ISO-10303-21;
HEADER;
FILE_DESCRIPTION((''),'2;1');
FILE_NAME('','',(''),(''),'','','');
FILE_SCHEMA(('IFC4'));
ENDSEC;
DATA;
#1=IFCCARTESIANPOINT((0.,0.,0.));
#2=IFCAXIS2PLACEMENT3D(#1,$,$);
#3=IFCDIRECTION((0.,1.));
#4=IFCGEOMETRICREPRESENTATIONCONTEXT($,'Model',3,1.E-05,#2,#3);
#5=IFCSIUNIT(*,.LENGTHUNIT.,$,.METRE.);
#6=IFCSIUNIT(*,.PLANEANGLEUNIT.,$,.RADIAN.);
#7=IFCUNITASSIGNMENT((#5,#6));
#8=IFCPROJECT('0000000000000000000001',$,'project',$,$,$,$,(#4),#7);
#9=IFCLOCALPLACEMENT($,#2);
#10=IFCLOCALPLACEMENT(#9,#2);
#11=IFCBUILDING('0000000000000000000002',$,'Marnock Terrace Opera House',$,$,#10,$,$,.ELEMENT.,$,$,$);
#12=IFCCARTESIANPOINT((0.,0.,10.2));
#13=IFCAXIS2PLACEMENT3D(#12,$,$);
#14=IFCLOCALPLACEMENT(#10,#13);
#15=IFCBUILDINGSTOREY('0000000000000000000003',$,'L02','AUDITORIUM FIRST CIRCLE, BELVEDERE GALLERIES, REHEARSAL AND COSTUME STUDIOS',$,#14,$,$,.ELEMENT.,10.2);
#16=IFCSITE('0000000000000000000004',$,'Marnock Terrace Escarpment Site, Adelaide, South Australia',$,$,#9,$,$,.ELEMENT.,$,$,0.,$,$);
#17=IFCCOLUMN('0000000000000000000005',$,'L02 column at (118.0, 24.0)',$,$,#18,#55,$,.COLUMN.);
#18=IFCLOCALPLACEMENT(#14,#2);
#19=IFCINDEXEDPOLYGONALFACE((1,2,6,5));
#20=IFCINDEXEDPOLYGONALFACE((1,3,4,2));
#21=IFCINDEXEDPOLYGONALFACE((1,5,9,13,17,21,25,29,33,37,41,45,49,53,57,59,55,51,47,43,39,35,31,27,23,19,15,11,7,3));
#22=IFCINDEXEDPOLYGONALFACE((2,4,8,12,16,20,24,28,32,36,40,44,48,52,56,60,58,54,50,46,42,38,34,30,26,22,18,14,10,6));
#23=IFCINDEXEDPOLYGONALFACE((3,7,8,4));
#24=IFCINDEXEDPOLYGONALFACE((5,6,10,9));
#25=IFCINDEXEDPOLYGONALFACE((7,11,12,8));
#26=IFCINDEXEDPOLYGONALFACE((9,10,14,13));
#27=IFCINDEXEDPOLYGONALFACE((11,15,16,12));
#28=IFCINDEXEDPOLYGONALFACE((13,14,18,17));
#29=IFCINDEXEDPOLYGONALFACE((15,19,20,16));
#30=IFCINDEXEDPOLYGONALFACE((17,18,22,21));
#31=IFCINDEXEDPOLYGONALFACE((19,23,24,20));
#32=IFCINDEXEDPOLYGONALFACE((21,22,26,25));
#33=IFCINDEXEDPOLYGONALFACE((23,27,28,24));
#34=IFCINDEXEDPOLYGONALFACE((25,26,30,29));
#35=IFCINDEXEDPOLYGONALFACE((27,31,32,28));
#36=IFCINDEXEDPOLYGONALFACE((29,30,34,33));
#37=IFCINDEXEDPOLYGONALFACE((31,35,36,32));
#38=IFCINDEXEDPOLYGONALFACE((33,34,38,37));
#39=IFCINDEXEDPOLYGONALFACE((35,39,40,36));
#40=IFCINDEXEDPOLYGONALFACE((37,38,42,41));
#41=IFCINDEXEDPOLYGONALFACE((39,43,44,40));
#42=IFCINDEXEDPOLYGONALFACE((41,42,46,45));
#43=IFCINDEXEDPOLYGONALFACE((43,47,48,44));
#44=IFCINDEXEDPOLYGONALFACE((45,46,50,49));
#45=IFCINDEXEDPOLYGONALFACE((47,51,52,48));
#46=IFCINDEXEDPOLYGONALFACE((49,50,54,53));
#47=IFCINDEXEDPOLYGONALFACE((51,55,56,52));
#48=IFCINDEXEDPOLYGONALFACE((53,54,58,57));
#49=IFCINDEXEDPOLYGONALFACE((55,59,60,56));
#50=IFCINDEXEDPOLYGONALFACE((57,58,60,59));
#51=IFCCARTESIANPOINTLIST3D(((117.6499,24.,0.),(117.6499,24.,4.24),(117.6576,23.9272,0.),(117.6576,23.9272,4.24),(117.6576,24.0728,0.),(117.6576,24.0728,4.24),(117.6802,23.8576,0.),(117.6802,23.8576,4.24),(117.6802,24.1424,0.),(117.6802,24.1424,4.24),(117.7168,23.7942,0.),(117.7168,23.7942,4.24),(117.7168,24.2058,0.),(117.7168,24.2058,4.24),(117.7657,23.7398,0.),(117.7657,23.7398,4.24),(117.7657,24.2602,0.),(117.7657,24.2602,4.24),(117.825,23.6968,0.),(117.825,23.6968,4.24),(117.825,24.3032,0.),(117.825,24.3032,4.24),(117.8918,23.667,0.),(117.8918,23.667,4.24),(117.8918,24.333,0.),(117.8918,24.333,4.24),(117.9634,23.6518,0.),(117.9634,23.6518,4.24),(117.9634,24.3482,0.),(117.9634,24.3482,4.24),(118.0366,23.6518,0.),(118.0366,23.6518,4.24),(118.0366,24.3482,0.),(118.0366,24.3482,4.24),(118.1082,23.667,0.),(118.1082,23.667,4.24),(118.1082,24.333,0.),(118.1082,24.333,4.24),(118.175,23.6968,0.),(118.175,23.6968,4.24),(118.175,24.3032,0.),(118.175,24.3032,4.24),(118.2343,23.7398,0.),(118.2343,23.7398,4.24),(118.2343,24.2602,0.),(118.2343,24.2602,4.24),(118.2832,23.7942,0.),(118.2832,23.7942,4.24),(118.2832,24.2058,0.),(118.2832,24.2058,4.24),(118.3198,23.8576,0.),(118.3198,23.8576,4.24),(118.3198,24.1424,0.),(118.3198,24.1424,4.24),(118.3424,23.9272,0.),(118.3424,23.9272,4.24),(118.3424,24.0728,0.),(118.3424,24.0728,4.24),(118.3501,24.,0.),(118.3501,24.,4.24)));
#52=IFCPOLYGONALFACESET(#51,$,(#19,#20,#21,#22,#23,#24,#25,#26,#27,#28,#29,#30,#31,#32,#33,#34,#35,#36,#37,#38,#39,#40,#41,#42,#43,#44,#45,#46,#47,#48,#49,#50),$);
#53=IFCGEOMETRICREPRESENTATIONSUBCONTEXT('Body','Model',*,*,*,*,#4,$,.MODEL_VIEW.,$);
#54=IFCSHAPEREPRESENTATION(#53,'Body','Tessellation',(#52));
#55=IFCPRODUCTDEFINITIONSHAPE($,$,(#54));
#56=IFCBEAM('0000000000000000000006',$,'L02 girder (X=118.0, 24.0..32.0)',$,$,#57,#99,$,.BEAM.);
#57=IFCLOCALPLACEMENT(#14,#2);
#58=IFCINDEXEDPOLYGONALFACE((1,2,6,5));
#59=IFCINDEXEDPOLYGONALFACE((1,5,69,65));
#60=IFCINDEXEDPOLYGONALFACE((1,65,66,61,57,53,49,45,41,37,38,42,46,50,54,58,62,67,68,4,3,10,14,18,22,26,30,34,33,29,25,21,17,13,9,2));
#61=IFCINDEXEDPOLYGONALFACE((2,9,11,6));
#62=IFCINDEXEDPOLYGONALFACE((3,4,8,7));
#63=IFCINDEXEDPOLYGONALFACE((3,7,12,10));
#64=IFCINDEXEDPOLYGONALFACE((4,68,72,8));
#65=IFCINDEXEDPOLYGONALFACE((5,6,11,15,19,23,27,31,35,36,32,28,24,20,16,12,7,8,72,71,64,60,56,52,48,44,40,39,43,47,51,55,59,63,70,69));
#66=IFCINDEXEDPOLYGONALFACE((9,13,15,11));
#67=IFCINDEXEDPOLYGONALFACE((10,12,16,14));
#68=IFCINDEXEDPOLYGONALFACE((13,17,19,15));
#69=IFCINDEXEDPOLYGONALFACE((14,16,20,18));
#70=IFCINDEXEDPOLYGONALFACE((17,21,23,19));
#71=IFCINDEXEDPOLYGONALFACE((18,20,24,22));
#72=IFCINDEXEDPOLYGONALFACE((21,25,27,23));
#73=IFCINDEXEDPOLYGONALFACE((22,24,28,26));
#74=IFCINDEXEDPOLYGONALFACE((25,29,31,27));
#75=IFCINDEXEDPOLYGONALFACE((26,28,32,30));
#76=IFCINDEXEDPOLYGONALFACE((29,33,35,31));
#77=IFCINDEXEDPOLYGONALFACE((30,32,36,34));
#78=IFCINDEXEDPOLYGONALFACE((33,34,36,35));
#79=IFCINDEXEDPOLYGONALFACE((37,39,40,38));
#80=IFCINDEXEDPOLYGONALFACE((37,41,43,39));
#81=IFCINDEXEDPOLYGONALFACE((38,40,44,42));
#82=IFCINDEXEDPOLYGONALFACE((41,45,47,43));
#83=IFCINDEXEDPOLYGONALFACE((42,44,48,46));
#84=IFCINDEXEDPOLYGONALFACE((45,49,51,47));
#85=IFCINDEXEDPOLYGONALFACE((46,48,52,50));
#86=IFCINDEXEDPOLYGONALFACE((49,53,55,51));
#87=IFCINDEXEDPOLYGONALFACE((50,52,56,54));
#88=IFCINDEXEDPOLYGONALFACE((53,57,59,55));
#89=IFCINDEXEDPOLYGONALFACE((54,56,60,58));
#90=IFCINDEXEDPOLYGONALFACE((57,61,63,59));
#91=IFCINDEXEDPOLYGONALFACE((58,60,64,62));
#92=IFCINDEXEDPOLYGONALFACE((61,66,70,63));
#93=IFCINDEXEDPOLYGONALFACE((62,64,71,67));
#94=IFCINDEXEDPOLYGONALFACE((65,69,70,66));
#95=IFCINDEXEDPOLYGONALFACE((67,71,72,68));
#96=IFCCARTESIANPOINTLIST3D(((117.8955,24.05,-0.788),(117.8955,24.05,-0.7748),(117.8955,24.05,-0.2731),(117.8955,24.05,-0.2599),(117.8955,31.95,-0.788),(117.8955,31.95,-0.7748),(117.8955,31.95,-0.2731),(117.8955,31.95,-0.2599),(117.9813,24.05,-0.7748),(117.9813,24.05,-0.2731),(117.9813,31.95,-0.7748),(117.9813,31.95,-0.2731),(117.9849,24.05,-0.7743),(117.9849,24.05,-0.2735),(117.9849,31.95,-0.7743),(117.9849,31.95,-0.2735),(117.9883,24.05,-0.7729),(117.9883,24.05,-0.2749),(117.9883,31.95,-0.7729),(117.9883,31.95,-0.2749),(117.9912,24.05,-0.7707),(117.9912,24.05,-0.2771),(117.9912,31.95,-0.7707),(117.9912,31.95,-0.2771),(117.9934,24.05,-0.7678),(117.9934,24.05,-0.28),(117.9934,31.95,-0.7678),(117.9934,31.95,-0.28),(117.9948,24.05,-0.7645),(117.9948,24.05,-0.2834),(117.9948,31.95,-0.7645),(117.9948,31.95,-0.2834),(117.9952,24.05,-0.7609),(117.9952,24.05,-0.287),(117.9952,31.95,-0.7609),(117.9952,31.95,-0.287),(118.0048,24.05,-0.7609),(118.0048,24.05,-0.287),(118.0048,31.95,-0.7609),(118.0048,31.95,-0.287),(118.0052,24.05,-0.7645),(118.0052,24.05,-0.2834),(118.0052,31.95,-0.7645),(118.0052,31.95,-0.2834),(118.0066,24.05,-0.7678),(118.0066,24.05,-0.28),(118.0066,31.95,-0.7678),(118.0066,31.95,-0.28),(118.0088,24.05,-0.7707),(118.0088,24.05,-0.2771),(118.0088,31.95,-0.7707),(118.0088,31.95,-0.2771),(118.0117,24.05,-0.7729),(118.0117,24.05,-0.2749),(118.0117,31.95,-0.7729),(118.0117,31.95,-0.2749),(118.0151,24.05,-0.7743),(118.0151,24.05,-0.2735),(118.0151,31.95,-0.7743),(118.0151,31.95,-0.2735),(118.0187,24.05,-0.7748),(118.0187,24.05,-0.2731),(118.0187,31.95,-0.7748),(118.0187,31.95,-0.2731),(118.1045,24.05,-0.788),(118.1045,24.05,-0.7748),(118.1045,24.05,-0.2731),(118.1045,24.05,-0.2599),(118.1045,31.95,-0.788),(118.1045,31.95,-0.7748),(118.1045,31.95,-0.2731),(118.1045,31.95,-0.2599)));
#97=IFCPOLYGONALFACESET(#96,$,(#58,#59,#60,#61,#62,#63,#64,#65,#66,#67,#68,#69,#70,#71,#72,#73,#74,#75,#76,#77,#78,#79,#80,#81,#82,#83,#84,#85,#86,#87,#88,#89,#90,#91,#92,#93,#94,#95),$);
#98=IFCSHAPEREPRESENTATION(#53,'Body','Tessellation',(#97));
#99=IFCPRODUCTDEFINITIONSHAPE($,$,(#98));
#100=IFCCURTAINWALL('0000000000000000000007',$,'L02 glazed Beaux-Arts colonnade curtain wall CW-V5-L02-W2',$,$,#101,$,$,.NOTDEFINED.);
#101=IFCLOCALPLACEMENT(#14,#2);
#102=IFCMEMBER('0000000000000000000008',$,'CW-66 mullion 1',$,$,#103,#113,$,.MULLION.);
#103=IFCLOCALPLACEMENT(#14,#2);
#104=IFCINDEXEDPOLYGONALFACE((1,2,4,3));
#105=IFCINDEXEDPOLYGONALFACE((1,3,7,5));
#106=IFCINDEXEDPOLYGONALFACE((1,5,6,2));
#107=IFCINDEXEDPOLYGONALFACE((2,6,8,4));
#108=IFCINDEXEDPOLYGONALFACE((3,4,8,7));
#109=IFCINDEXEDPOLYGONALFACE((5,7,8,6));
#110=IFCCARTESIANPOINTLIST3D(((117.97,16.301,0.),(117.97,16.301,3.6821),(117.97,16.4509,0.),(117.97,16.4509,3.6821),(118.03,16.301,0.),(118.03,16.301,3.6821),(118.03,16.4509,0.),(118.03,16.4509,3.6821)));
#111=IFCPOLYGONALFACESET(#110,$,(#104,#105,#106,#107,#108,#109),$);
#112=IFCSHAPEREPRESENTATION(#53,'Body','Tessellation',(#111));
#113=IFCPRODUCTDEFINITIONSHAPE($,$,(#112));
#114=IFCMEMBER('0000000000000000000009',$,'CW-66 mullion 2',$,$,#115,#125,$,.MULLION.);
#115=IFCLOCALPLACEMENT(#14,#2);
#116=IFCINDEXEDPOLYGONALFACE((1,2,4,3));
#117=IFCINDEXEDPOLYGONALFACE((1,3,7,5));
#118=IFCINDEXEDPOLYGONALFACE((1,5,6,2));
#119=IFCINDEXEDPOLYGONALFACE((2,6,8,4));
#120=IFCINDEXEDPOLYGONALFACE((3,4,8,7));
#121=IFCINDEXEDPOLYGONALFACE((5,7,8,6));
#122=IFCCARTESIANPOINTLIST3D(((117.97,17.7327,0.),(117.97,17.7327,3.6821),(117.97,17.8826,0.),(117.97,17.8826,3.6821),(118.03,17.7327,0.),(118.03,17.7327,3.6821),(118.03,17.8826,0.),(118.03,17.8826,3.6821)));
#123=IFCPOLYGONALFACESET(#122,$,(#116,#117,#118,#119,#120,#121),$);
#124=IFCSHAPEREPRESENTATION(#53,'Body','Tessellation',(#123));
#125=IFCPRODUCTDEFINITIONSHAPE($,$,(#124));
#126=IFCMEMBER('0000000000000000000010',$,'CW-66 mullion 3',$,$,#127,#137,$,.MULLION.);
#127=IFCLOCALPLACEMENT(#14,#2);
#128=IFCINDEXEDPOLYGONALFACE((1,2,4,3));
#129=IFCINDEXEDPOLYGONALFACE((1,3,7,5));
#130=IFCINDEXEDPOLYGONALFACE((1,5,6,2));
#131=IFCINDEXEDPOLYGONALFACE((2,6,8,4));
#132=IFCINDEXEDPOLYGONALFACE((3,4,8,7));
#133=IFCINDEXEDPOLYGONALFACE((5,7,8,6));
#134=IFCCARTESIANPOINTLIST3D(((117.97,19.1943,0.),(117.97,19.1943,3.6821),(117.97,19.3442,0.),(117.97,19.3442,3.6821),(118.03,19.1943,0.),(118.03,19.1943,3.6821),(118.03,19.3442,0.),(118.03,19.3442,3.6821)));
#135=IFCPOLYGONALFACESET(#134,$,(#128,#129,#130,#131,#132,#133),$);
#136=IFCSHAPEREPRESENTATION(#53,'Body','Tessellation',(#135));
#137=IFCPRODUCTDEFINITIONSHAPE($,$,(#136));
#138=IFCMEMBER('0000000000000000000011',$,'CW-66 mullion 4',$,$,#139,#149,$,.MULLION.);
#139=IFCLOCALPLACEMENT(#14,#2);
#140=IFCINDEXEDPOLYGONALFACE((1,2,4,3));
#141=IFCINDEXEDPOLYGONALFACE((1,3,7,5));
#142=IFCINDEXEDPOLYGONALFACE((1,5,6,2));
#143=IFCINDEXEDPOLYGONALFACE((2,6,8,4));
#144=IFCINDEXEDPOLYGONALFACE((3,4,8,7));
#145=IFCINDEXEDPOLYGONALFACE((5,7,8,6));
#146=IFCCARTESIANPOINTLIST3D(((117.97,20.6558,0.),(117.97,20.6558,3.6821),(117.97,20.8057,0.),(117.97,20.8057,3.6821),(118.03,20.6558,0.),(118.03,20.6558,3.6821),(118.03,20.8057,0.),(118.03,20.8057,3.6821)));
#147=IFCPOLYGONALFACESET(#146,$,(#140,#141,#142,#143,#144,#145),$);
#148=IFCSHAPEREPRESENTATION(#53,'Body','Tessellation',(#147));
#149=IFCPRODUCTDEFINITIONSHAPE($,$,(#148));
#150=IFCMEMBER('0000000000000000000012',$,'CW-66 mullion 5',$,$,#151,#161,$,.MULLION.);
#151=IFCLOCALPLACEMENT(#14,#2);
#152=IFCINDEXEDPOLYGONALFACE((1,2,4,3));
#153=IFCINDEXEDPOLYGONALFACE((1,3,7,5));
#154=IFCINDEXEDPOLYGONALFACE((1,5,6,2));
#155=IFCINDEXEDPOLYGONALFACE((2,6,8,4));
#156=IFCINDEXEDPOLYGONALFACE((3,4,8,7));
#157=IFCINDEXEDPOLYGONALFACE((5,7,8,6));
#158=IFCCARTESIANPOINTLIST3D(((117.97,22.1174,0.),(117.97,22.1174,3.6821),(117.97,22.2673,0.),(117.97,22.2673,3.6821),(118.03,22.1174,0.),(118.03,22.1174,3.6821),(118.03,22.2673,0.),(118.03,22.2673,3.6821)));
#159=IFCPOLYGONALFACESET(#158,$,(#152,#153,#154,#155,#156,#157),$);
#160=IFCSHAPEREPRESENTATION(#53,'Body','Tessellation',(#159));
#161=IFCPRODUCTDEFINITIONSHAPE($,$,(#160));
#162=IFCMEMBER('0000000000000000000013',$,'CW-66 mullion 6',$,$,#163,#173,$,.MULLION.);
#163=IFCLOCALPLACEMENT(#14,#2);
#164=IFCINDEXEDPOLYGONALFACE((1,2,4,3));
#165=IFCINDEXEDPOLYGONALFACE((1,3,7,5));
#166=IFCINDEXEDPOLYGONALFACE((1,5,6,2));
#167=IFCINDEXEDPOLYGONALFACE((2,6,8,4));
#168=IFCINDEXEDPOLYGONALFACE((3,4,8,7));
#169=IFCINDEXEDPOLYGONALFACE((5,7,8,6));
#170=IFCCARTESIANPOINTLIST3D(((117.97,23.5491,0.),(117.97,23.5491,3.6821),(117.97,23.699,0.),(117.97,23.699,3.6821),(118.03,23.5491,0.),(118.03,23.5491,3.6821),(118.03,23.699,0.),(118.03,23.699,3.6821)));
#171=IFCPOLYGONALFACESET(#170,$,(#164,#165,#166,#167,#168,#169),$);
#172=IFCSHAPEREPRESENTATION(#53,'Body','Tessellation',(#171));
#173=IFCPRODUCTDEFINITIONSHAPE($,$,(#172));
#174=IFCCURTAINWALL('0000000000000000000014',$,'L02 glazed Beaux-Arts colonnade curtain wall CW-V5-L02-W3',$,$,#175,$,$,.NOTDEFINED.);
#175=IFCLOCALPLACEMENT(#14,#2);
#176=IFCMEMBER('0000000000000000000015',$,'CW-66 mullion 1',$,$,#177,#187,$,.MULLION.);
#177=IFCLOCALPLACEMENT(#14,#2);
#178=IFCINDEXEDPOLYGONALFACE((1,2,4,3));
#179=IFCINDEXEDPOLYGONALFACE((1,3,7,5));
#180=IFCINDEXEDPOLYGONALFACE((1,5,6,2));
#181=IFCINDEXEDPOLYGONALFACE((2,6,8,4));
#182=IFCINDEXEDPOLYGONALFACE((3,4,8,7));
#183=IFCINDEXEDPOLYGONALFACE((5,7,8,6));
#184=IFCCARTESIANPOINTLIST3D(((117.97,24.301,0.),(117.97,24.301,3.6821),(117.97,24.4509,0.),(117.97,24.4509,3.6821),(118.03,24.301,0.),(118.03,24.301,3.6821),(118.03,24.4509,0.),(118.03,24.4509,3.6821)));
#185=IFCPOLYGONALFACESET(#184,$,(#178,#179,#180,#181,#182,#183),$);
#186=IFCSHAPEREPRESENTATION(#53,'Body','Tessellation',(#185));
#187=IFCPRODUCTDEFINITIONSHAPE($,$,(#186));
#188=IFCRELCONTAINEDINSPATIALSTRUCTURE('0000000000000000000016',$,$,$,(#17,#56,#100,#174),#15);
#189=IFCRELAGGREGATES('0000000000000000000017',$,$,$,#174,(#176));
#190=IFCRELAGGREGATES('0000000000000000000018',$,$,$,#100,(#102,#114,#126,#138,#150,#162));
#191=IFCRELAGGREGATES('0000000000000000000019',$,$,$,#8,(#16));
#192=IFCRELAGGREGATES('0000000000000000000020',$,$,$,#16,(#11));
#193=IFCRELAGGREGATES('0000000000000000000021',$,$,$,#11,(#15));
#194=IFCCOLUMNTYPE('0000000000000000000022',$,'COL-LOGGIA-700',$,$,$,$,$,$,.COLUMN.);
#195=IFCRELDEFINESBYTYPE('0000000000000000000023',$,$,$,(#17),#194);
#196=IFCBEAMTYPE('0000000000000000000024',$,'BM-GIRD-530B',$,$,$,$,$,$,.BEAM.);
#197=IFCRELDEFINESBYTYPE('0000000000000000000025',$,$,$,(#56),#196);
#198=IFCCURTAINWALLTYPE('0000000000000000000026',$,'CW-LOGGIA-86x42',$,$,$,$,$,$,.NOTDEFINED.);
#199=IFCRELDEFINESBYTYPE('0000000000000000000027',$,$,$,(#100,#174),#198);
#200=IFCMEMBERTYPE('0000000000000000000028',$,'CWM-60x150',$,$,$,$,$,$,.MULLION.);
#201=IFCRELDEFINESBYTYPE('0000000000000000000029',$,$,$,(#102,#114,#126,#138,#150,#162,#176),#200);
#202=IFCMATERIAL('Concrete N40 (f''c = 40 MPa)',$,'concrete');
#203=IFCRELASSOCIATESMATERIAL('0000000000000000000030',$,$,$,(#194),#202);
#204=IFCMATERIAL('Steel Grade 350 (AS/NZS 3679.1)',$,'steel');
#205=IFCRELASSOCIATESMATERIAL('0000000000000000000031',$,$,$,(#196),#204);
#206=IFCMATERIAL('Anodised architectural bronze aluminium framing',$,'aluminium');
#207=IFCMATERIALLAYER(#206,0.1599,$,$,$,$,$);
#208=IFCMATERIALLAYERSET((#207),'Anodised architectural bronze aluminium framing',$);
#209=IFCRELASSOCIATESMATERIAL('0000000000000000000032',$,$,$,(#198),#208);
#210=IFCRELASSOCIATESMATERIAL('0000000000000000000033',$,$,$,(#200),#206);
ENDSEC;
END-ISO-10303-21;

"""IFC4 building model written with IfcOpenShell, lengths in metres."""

from ifc_helpers import new_model, si_unit, direction, frame, origin, origin_2d, place, context, subcontext, project, spatial, rectangle, circle, i_section, extrude, material, layer, layer_set, material_profile, profile_set, type_object, element, aggregate, save


model = new_model("IFC4")

# Units and contexts
model_context = context("Model", 3, precision=1e-05, world=origin(), true_north=direction((0.0, 1.0)))
body_context = subcontext(model_context, "Body", "Model", "MODEL_VIEW")
ifc_project = project(units=[si_unit("LENGTHUNIT", "METRE"), si_unit("PLANEANGLEUNIT", "RADIAN")], contexts=[model_context])

# Site, building, storey
site_placement = place(None, origin())
site = spatial("IfcSite", under=ifc_project, at=site_placement, Name="Marnock Terrace Escarpment Site, Adelaide, South Australia", CompositionType="ELEMENT", RefElevation=0.0)
building_placement = place(site_placement, origin())
building = spatial("IfcBuilding", under=site, at=building_placement, Name="Marnock Terrace Opera House", CompositionType="ELEMENT")
storey_placement = place(building_placement, frame((0.0, 0.0, 10.2)))
storey = spatial("IfcBuildingStorey", under=building, at=storey_placement, Name="L02", Description="AUDITORIUM FIRST CIRCLE, BELVEDERE GALLERIES, REHEARSAL AND COSTUME STUDIOS", CompositionType="ELEMENT", Elevation=10.2)

# Column
ifc_material_1 = material(Name="Concrete N40 (f'c = 40 MPa)", Category="concrete")
ifc_material_profile_1 = material_profile(ifc_material_1, circle(Radius=0.3501, at=origin_2d()))
ifc_profile_set_1 = profile_set([ifc_material_profile_1], Name="Concrete N40 (f'c = 40 MPa)")
column_type = type_object("IfcColumnType", Name="COL-LOGGIA-700", PredefinedType="COLUMN", material=ifc_profile_set_1)
column_placement = place(storey_placement, frame((118.0, 24.0, 0.0), z_axis=(0.0, 0.0, 1.0), x_axis=(1.0, 0.0, 0.0)))
element("IfcColumn", 1, at=column_placement, inside=storey, type_object=column_type, Name="L02 column at (118.0, 24.0)", PredefinedType="COLUMN", context=body_context, shape_type="SweptSolid", body=[
    extrude(circle(Radius=0.3501, at=origin_2d()), origin(), (0.0, 0.0, 1.0), 4.24),
])

# Beam
ifc_material_2 = material(Name="Steel Grade 350 (AS/NZS 3679.1)", Category="steel")
ifc_material_profile_2 = material_profile(ifc_material_2, i_section(OverallWidth=0.209, OverallDepth=0.5281, WebThickness=0.0095, FlangeThickness=0.0132, FilletRadius=0.0139, at=origin_2d()))
ifc_profile_set_2 = profile_set([ifc_material_profile_2], Name="Steel Grade 350 (AS/NZS 3679.1)")
beam_type = type_object("IfcBeamType", Name="BM-GIRD-530B", PredefinedType="BEAM", material=ifc_profile_set_2)
beam_placement = place(storey_placement, frame((118.0, 24.05, -0.5239), z_axis=(0.0, 1.0, 0.0), x_axis=(-1.0, 0.0, 0.0)))
element("IfcBeam", 2, at=beam_placement, inside=storey, type_object=beam_type, Name="L02 girder (X=118.0, 24.0..32.0)", PredefinedType="BEAM", context=body_context, shape_type="SweptSolid", body=[
    extrude(i_section(OverallWidth=0.209, OverallDepth=0.5281, WebThickness=0.0095, FlangeThickness=0.0132, FilletRadius=0.0139, at=origin_2d()), origin(), (0.0, 0.0, 1.0), 7.8999),
])

# Curtain wall, members
ifc_material_3 = material(Name="Anodised architectural bronze aluminium framing", Category="aluminium")
ifc_layer_1 = layer(ifc_material_3, 0.1599)
ifc_layer_set_1 = layer_set([ifc_layer_1], Name="Anodised architectural bronze aluminium framing")
curtain_wall_type_1 = type_object("IfcCurtainWallType", Name="CW-LOGGIA-86x42", PredefinedType="NOTDEFINED", material=ifc_layer_set_1)
curtain_wall_1_placement = place(storey_placement, origin())
curtain_wall_1 = element("IfcCurtainWall", 3, at=curtain_wall_1_placement, inside=storey, type_object=curtain_wall_type_1, Name="L02 glazed Beaux-Arts colonnade curtain wall CW-V5-L02-W2", PredefinedType="NOTDEFINED")
ifc_material_profile_3 = material_profile(ifc_material_3, rectangle(XDim=0.0601, YDim=0.1499, at=origin_2d()))
ifc_profile_set_3 = profile_set([ifc_material_profile_3], Name="Anodised architectural bronze aluminium framing")
member_type_1 = type_object("IfcMemberType", Name="CWM-60x150", PredefinedType="MULLION", material=ifc_profile_set_3)
member_1_placement = place(storey_placement, frame((118.0, 16.376, 0.0), z_axis=(0.0, 0.0, 1.0), x_axis=(-1.0, 0.0, 0.0)))
member_1 = element("IfcMember", 4, at=member_1_placement, type_object=member_type_1, Name="CW-66 mullion 1", PredefinedType="MULLION", context=body_context, shape_type="SweptSolid", body=[
    extrude(rectangle(XDim=0.0601, YDim=0.1499, at=origin_2d()), origin(), (0.0, 0.0, 1.0), 3.6821),
])
member_2_placement = place(storey_placement, frame((118.0, 17.8076, 0.0), z_axis=(0.0, 0.0, 1.0), x_axis=(-1.0, 0.0, 0.0)))
member_2 = element("IfcMember", 5, at=member_2_placement, type_object=member_type_1, Name="CW-66 mullion 2", PredefinedType="MULLION", context=body_context, shape_type="SweptSolid", body=[
    extrude(rectangle(XDim=0.0601, YDim=0.1499, at=origin_2d()), origin(), (0.0, 0.0, 1.0), 3.6821),
])
member_3_placement = place(storey_placement, frame((118.0, 19.2693, 0.0), z_axis=(0.0, 0.0, 1.0), x_axis=(-1.0, 0.0, 0.0)))
member_3 = element("IfcMember", 6, at=member_3_placement, type_object=member_type_1, Name="CW-66 mullion 3", PredefinedType="MULLION", context=body_context, shape_type="SweptSolid", body=[
    extrude(rectangle(XDim=0.0601, YDim=0.1499, at=origin_2d()), origin(), (0.0, 0.0, 1.0), 3.6821),
])
member_4_placement = place(storey_placement, frame((118.0, 20.7307, 0.0), z_axis=(0.0, 0.0, 1.0), x_axis=(-1.0, 0.0, 0.0)))
member_4 = element("IfcMember", 7, at=member_4_placement, type_object=member_type_1, Name="CW-66 mullion 4", PredefinedType="MULLION", context=body_context, shape_type="SweptSolid", body=[
    extrude(rectangle(XDim=0.0601, YDim=0.1499, at=origin_2d()), origin(), (0.0, 0.0, 1.0), 3.6821),
])
member_5_placement = place(storey_placement, frame((118.0, 22.1924, 0.0), z_axis=(0.0, 0.0, 1.0), x_axis=(-1.0, 0.0, 0.0)))
member_5 = element("IfcMember", 8, at=member_5_placement, type_object=member_type_1, Name="CW-66 mullion 5", PredefinedType="MULLION", context=body_context, shape_type="SweptSolid", body=[
    extrude(rectangle(XDim=0.0601, YDim=0.1499, at=origin_2d()), origin(), (0.0, 0.0, 1.0), 3.6821),
])
member_6_placement = place(storey_placement, frame((118.0, 23.624, 0.0), z_axis=(0.0, 0.0, 1.0), x_axis=(-1.0, 0.0, 0.0)))
member_6 = element("IfcMember", 9, at=member_6_placement, type_object=member_type_1, Name="CW-66 mullion 6", PredefinedType="MULLION", context=body_context, shape_type="SweptSolid", body=[
    extrude(rectangle(XDim=0.0601, YDim=0.1499, at=origin_2d()), origin(), (0.0, 0.0, 1.0), 3.6821),
])

# Curtain wall, member
curtain_wall_2_placement = place(storey_placement, origin())
curtain_wall_2 = element("IfcCurtainWall", 10, at=curtain_wall_2_placement, inside=storey, type_object=curtain_wall_type_1, Name="L02 glazed Beaux-Arts colonnade curtain wall CW-V5-L02-W3", PredefinedType="NOTDEFINED")
member_7_placement = place(storey_placement, frame((118.0, 24.376, 0.0), z_axis=(0.0, 0.0, 1.0), x_axis=(-1.0, 0.0, 0.0)))
member_7 = element("IfcMember", 11, at=member_7_placement, type_object=member_type_1, Name="CW-66 mullion 1", PredefinedType="MULLION", context=body_context, shape_type="SweptSolid", body=[
    extrude(rectangle(XDim=0.0601, YDim=0.1499, at=origin_2d()), origin(), (0.0, 0.0, 1.0), 3.6821),
])

aggregate(curtain_wall_2, [member_7])

aggregate(curtain_wall_1, [member_1, member_2, member_3, member_4, member_5, member_6])

save(model, "model.ifc")
